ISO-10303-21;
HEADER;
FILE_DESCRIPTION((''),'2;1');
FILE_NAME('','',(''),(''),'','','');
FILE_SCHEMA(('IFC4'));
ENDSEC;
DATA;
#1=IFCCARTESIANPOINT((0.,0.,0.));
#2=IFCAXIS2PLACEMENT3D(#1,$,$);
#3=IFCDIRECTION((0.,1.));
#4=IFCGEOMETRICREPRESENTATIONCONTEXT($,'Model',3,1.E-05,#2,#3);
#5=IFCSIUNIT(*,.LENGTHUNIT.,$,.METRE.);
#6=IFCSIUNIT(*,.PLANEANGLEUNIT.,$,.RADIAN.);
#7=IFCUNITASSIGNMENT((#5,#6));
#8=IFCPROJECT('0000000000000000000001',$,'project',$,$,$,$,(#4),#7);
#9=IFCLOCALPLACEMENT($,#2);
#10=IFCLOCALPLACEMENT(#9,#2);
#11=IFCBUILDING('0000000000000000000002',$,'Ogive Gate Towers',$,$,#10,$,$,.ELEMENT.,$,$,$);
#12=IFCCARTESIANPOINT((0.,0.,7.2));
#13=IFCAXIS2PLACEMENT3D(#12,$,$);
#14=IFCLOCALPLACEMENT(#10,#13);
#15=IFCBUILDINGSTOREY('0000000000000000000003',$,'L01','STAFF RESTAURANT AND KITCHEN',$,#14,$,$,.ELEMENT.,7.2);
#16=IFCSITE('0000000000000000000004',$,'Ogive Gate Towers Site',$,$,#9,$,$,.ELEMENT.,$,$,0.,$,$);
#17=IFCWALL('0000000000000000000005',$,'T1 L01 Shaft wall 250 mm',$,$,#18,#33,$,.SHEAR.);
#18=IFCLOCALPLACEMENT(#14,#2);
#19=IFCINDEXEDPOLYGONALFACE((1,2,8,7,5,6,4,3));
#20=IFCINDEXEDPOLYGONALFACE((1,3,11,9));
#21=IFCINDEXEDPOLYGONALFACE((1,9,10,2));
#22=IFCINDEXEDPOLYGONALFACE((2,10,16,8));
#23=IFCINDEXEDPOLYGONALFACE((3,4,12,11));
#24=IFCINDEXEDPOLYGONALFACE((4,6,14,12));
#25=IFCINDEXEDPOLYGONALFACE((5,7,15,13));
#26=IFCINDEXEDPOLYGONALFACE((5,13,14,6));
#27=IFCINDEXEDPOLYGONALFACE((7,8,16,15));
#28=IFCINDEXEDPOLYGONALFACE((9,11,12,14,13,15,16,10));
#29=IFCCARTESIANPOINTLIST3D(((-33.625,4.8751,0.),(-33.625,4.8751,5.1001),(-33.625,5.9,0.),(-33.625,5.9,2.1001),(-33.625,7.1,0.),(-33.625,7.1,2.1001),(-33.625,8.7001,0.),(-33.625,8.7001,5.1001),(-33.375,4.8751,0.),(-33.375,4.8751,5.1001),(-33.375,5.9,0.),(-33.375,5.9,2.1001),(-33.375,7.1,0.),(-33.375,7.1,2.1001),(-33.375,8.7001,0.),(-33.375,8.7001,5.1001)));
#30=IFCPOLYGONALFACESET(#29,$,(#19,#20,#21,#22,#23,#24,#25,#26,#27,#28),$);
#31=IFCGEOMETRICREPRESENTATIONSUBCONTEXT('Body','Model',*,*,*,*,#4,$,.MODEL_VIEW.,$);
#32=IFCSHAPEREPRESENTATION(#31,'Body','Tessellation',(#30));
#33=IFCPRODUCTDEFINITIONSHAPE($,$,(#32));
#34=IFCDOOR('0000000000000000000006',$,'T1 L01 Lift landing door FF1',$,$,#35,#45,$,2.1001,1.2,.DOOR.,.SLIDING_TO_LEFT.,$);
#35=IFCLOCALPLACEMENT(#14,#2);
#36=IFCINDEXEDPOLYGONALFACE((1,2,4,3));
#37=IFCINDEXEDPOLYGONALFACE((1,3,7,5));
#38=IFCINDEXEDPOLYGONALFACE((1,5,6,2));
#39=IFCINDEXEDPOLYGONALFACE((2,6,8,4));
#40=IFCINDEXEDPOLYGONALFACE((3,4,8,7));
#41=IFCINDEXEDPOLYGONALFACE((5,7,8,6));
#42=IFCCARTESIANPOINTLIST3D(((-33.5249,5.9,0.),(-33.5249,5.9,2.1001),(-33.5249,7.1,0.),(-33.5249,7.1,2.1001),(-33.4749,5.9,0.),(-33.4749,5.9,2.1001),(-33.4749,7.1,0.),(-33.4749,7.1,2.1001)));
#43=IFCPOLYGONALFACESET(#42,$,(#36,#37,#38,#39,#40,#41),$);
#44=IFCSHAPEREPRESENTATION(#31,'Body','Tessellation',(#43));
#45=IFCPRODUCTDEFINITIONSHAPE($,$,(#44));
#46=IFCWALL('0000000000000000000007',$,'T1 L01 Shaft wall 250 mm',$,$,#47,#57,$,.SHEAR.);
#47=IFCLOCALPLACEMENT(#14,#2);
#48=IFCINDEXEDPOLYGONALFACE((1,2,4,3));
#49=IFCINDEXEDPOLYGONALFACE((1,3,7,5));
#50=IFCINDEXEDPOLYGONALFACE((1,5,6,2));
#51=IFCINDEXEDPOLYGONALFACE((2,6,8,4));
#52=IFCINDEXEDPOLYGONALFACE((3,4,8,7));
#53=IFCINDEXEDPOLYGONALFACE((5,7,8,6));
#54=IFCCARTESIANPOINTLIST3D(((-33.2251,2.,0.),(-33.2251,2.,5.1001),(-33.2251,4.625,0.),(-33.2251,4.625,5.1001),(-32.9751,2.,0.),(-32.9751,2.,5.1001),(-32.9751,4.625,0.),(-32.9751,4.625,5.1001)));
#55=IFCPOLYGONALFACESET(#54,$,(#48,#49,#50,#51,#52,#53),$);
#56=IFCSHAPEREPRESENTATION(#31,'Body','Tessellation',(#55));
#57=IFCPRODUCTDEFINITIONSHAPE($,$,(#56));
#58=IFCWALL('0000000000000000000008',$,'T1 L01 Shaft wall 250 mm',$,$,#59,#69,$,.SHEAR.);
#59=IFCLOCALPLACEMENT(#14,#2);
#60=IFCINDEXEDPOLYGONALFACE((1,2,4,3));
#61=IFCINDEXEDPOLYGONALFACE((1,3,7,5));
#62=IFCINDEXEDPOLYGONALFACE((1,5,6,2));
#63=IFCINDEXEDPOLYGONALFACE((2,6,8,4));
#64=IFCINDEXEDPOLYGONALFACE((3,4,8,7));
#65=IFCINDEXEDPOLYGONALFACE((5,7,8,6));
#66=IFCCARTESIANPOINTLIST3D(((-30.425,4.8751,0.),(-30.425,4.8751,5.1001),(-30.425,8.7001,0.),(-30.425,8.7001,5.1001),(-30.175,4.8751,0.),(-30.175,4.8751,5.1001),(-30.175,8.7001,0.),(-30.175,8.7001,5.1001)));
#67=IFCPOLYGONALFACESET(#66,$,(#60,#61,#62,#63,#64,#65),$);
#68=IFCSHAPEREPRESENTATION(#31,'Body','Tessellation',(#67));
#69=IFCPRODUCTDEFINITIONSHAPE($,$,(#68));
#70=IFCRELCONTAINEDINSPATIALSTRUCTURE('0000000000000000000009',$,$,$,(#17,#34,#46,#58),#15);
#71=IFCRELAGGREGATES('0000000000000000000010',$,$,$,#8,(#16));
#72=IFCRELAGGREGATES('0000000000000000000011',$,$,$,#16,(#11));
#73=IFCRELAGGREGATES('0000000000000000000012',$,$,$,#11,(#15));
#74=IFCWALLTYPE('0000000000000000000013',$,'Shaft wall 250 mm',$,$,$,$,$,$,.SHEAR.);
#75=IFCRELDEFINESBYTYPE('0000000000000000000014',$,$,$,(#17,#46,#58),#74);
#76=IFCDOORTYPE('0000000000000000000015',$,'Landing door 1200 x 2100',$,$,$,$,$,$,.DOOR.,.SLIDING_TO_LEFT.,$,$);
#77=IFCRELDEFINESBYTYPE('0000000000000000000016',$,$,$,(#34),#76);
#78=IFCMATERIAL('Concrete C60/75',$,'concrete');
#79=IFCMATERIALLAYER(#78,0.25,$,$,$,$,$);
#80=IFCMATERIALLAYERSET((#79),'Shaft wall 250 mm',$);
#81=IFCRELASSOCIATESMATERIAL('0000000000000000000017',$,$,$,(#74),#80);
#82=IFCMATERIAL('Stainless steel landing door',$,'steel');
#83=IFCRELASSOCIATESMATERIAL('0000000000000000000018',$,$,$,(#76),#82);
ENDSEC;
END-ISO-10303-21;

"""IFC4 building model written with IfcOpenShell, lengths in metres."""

from ifc_helpers import new_model, si_unit, direction, frame, frame_2d, origin, place, context, subcontext, project, spatial, rectangle, extrude, material, layer, layer_set, type_object, element, fill, save


model = new_model("IFC4")

# Units and contexts
model_context = context("Model", 3, precision=1e-05, world=origin(), true_north=direction((0.0, 1.0)))
body_context = subcontext(model_context, "Body", "Model", "MODEL_VIEW")
ifc_project = project(units=[si_unit("LENGTHUNIT", "METRE"), si_unit("PLANEANGLEUNIT", "RADIAN")], contexts=[model_context])

# Site, building, storey
site_placement = place(None, origin())
site = spatial("IfcSite", under=ifc_project, at=site_placement, Name="Ogive Gate Towers Site", CompositionType="ELEMENT", RefElevation=0.0)
building_placement = place(site_placement, origin())
building = spatial("IfcBuilding", under=site, at=building_placement, Name="Ogive Gate Towers", CompositionType="ELEMENT")
storey_placement = place(building_placement, frame((0.0, 0.0, 7.2)))
storey = spatial("IfcBuildingStorey", under=building, at=storey_placement, Name="L01", Description="STAFF RESTAURANT AND KITCHEN", CompositionType="ELEMENT", Elevation=7.2)

# Wall, opening, door
ifc_material_1 = material(Name="Concrete C60/75", Category="concrete")
ifc_layer_1 = layer(ifc_material_1, 0.25)
ifc_layer_set_1 = layer_set([ifc_layer_1], Name="Shaft wall 250 mm")
wall_type_1 = type_object("IfcWallType", Name="Shaft wall 250 mm", PredefinedType="SHEAR", material=ifc_layer_set_1)
wall_1_placement = place(storey_placement, frame((-33.5, 4.875, 0.0), z_axis=(0.0, 0.0, 1.0), x_axis=(0.0, 1.0, 0.0)))
wall_1 = element("IfcWall", 1, at=wall_1_placement, inside=storey, type_object=wall_type_1, Name="T1 L01 Shaft wall 250 mm", PredefinedType="SHEAR", context=body_context, shape_type="SweptSolid", body=[
    extrude(rectangle(XDim=3.825, YDim=0.25, at=frame_2d((1.9126, 0.0))), origin(), (0.0, 0.0, 1.0), 5.1001),
])
opening_1_placement = place(wall_1_placement, frame((1.0249, 0.0, 0.0)))
opening_1 = element("IfcOpeningElement", 2, at=opening_1_placement, cuts=wall_1, PredefinedType="OPENING", context=body_context, shape_type="SweptSolid", body=[
    extrude(rectangle(XDim=1.2, YDim=2.1001, at=frame_2d((0.6001, 1.05))), frame((0.0, 0.135, 0.0), z_axis=(0.0, -1.0, 0.0), x_axis=(1.0, 0.0, 0.0)), (0.0, 0.0, 1.0), 0.27),
])
ifc_material_2 = material(Name="Stainless steel landing door", Category="steel")
door_type_1 = type_object("IfcDoorType", Name="Landing door 1200 x 2100", OperationType="SLIDING_TO_LEFT", PredefinedType="DOOR", material=ifc_material_2)
door_1_placement = place(opening_1_placement, origin())
door_1 = element("IfcDoor", 3, at=door_1_placement, inside=storey, type_object=door_type_1, Name="T1 L01 Lift landing door FF1", OperationType="SLIDING_TO_LEFT", OverallHeight=2.1001, OverallWidth=1.2, PredefinedType="DOOR", context=body_context, shape_type="SweptSolid", body=[
    extrude(rectangle(XDim=1.2, YDim=2.1001, at=frame_2d((0.6001, 1.05))), frame((0.0, 0.0249, 0.0), z_axis=(0.0, -1.0, 0.0), x_axis=(1.0, 0.0, 0.0)), (0.0, 0.0, 1.0), 0.05),
])
fill(opening_1, door_1)

# Walls
wall_2_placement = place(storey_placement, frame((-33.1001, 2.0, 0.0), z_axis=(0.0, 0.0, 1.0), x_axis=(0.0, 1.0, 0.0)))
element("IfcWall", 4, at=wall_2_placement, inside=storey, type_object=wall_type_1, Name="T1 L01 Shaft wall 250 mm", PredefinedType="SHEAR", context=body_context, shape_type="SweptSolid", body=[
    extrude(rectangle(XDim=2.625, YDim=0.25, at=frame_2d((1.3125, 0.0))), origin(), (0.0, 0.0, 1.0), 5.1001),
])
wall_3_placement = place(storey_placement, frame((-30.3, 4.875, 0.0), z_axis=(0.0, 0.0, 1.0), x_axis=(0.0, 1.0, 0.0)))
element("IfcWall", 5, at=wall_3_placement, inside=storey, type_object=wall_type_1, Name="T1 L01 Shaft wall 250 mm", PredefinedType="SHEAR", context=body_context, shape_type="SweptSolid", body=[
    extrude(rectangle(XDim=3.825, YDim=0.25, at=frame_2d((1.9126, 0.0))), origin(), (0.0, 0.0, 1.0), 5.1001),
])

save(model, "model.ifc")
